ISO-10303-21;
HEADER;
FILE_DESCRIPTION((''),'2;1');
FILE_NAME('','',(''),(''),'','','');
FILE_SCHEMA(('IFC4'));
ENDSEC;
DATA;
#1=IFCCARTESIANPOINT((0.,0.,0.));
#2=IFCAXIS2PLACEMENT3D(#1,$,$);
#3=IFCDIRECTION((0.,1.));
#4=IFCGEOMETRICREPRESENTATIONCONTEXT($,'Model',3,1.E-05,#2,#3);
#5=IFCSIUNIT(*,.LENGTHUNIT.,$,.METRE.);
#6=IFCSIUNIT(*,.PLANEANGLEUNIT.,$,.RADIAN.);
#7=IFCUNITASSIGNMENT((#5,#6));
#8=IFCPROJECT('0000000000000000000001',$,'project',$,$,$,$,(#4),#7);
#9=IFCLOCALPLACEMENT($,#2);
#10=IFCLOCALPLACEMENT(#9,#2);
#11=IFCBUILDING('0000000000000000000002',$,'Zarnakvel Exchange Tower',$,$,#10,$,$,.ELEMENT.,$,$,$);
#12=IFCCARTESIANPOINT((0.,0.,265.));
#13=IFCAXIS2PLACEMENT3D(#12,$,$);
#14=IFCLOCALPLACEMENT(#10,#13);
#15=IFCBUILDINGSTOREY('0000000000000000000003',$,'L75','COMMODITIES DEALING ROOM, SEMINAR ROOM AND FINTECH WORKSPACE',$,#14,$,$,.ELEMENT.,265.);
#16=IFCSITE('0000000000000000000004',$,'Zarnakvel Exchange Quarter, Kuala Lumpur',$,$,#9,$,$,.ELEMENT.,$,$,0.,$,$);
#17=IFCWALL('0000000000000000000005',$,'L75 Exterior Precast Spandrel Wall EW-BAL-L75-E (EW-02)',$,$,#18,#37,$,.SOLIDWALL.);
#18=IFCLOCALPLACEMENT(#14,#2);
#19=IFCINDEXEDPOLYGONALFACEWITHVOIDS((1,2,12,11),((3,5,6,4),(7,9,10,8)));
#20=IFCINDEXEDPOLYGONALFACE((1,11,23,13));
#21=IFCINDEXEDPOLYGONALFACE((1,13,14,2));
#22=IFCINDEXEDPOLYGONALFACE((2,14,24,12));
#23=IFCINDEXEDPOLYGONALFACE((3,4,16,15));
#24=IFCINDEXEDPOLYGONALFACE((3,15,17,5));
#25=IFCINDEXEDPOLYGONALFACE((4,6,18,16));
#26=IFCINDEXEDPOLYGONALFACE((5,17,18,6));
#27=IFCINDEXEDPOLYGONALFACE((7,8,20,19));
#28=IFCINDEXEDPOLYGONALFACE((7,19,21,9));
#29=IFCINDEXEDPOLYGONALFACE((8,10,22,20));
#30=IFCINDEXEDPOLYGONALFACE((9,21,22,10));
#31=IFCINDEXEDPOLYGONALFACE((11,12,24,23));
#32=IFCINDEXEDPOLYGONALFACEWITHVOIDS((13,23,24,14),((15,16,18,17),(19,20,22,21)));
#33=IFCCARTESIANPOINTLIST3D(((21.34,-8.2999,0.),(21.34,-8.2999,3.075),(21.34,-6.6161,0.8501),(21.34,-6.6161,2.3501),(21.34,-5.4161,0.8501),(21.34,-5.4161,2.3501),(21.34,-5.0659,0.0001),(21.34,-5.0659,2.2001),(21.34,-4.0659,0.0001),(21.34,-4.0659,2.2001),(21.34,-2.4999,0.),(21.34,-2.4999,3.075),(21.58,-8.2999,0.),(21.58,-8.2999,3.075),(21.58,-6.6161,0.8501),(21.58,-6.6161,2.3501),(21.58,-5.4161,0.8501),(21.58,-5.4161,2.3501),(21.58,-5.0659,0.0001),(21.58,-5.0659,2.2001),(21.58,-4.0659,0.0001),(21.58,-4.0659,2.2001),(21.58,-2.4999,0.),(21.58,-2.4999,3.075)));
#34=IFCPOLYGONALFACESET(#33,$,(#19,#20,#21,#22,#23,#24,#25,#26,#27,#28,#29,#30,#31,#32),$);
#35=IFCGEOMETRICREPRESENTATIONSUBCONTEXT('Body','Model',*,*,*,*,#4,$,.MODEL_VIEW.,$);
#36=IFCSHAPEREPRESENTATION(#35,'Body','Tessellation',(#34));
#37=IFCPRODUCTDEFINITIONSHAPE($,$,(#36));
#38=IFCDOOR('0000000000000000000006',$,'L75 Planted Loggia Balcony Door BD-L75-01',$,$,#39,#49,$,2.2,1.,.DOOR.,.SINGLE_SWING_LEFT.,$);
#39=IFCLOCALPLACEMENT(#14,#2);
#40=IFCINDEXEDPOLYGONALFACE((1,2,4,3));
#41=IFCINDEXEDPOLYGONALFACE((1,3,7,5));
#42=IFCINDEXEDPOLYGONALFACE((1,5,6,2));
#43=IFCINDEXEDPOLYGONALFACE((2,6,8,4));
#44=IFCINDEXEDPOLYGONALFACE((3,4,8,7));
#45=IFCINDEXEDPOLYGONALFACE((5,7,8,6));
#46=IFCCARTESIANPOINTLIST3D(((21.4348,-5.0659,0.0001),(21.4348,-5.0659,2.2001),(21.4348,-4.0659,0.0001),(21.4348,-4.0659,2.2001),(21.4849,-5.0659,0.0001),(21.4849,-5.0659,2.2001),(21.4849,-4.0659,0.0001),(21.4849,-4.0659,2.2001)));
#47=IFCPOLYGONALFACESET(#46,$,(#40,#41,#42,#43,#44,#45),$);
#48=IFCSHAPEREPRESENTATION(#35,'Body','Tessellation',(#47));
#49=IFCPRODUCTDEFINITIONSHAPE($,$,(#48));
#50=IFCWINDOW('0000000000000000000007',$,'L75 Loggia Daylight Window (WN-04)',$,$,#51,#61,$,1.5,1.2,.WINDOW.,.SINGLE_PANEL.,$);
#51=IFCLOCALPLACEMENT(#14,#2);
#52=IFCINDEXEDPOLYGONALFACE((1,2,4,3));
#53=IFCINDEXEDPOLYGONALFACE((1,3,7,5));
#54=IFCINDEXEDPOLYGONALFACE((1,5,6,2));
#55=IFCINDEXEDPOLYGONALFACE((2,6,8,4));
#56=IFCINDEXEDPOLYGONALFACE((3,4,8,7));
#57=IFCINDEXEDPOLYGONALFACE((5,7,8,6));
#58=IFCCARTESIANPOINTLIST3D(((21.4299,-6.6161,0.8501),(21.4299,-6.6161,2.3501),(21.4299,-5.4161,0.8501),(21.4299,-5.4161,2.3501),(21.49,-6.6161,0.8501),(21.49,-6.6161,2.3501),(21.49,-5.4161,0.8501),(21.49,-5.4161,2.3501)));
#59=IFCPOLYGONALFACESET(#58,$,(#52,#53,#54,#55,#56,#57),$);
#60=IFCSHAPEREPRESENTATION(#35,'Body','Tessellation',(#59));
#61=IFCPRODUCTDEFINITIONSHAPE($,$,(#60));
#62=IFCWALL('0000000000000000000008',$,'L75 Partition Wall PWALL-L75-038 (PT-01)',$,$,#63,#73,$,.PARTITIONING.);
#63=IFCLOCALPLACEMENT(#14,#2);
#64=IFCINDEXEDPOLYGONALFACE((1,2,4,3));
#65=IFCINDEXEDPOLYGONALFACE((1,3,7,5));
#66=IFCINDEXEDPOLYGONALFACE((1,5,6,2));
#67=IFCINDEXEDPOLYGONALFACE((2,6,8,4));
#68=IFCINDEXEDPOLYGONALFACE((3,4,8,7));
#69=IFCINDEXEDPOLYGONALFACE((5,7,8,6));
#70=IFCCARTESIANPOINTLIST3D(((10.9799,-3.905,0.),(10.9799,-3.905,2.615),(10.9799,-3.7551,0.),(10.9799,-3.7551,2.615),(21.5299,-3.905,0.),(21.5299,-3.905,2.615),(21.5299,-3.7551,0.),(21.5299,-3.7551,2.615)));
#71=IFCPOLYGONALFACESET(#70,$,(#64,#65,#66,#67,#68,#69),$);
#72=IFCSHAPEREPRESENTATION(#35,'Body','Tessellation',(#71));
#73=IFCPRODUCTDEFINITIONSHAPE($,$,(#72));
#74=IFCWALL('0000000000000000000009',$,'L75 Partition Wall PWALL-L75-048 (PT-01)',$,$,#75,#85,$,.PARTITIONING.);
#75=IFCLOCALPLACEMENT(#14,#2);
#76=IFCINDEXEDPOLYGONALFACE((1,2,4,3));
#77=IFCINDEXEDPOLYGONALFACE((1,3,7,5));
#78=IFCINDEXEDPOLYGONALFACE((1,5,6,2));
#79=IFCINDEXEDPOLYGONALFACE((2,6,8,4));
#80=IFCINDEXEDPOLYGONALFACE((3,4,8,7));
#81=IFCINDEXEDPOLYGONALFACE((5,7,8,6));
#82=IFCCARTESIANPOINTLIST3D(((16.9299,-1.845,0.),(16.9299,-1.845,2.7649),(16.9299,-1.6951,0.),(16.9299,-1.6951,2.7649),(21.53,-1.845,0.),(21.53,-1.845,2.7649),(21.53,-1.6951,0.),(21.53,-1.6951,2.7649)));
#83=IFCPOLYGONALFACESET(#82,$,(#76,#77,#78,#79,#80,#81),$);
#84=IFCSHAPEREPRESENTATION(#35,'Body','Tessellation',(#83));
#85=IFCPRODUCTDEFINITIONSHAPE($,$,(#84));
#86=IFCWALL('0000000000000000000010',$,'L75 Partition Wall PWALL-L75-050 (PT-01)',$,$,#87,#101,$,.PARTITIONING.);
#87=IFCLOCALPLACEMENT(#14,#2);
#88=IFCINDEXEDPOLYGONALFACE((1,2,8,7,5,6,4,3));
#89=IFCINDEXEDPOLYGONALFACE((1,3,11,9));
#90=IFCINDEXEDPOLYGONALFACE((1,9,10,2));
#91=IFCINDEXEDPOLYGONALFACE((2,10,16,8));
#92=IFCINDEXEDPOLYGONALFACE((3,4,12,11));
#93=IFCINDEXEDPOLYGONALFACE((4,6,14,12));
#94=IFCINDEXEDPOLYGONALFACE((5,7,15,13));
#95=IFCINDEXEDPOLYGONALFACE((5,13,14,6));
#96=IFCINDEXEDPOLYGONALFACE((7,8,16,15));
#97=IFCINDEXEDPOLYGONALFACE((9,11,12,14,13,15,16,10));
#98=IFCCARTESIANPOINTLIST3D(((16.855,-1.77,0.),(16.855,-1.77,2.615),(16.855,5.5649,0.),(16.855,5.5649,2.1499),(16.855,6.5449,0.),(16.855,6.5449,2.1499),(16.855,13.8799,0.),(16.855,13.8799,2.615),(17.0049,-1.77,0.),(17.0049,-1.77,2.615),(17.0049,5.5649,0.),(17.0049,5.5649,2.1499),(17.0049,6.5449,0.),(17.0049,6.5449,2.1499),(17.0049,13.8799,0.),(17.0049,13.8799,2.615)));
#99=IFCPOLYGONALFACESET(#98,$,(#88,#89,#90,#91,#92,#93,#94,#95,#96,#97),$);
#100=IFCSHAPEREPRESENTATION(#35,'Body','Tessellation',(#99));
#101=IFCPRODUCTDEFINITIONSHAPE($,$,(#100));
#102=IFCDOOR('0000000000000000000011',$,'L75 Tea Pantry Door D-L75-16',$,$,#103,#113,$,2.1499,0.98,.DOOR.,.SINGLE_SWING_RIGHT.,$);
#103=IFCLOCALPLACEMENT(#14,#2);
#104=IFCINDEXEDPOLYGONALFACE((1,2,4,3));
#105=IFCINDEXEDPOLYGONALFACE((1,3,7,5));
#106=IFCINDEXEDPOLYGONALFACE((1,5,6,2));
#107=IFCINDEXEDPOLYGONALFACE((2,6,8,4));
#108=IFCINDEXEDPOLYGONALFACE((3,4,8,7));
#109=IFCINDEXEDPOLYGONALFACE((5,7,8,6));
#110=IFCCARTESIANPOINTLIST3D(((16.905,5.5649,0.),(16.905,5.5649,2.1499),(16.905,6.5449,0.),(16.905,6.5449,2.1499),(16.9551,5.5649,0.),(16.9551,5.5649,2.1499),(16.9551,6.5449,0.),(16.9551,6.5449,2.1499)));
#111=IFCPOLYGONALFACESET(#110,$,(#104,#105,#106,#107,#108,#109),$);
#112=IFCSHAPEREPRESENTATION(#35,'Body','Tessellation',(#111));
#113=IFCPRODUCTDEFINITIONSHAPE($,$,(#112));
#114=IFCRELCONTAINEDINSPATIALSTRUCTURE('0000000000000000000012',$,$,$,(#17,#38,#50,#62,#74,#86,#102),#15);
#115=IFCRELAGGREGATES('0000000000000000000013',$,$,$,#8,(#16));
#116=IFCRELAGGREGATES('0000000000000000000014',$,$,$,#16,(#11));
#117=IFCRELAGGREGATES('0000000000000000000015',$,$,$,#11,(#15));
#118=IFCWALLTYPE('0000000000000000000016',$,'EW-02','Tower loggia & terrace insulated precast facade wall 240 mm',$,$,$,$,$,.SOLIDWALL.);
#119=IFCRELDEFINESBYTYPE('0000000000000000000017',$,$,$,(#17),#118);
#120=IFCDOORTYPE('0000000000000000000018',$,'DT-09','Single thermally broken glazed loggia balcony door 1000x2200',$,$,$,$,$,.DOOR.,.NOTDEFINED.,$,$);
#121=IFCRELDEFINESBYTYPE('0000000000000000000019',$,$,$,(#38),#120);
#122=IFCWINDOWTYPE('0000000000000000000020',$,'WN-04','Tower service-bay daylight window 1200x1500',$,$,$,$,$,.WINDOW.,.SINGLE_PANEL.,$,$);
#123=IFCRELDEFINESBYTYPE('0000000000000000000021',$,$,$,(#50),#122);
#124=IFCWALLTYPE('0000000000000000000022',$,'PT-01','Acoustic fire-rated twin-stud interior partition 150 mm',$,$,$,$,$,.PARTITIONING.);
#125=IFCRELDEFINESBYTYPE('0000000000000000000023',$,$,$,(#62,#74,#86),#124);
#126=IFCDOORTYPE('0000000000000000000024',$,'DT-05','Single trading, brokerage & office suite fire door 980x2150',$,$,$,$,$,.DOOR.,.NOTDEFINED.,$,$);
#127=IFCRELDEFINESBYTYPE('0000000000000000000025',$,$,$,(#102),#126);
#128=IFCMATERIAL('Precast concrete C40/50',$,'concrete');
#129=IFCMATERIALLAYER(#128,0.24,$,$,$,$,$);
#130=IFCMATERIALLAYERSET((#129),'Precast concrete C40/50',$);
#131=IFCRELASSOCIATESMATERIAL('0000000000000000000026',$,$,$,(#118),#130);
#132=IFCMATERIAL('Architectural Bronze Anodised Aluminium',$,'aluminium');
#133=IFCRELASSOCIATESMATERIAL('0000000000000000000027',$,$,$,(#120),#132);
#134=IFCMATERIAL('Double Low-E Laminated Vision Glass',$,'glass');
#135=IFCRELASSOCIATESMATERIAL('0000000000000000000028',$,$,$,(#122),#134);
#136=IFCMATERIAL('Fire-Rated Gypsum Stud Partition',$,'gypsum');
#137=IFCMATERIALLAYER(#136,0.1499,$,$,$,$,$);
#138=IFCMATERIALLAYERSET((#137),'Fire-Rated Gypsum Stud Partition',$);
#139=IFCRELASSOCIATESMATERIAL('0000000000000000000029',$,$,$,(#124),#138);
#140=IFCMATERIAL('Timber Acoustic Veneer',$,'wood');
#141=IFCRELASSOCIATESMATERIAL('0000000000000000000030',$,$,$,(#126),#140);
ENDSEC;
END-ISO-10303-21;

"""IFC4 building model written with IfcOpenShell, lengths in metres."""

from ifc_helpers import new_model, si_unit, direction, frame, frame_2d, origin, place, context, subcontext, project, spatial, rectangle, extrude, source, transform, mapped, material, layer, layer_set, type_object, element, fill, save


model = new_model("IFC4")

# Units and contexts
model_context = context("Model", 3, precision=1e-05, world=origin(), true_north=direction((0.0, 1.0)))
body_context = subcontext(model_context, "Body", "Model", "MODEL_VIEW")
ifc_project = project(units=[si_unit("LENGTHUNIT", "METRE"), si_unit("PLANEANGLEUNIT", "RADIAN")], contexts=[model_context])

# Site, building, storey
site_placement = place(None, origin())
site = spatial("IfcSite", under=ifc_project, at=site_placement, Name="Zarnakvel Exchange Quarter, Kuala Lumpur", CompositionType="ELEMENT", RefElevation=0.0)
building_placement = place(site_placement, origin())
building = spatial("IfcBuilding", under=site, at=building_placement, Name="Zarnakvel Exchange Tower", CompositionType="ELEMENT")
storey_placement = place(building_placement, frame((0.0, 0.0, 265.0)))
storey = spatial("IfcBuildingStorey", under=building, at=storey_placement, Name="L75", Description="COMMODITIES DEALING ROOM, SEMINAR ROOM AND FINTECH WORKSPACE", CompositionType="ELEMENT", Elevation=265.0)

# Shared definitions
ifc_material_1 = material(Name="Architectural Bronze Anodised Aluminium", Category="aluminium")

# Wall, openings, door, window
ifc_material_2 = material(Name="Precast concrete C40/50", Category="concrete")
ifc_layer_1 = layer(ifc_material_2, 0.24)
ifc_layer_set_1 = layer_set([ifc_layer_1], Name="Precast concrete C40/50")
wall_type_1 = type_object("IfcWallType", Name="EW-02", Description="Tower loggia & terrace insulated precast facade wall 240 mm", PredefinedType="SOLIDWALL", material=ifc_layer_set_1)
wall_1_placement = place(storey_placement, frame((21.46, -2.5, 0.0), z_axis=(0.0, 0.0, 1.0), x_axis=(0.0, -1.0, 0.0)))
wall_1 = element("IfcWall", 1, at=wall_1_placement, inside=storey, type_object=wall_type_1, Name="L75 Exterior Precast Spandrel Wall EW-BAL-L75-E (EW-02)", PredefinedType="SOLIDWALL", context=body_context, shape_type="SweptSolid", body=[
    extrude(rectangle(XDim=5.8, YDim=0.24, at=frame_2d((2.8999, 0.0))), origin(), (0.0, 0.0, 1.0), 3.075),
])
opening_1_placement = place(wall_1_placement, frame((1.5659, 0.0, 0.0)))
opening_1 = element("IfcOpeningElement", 2, at=opening_1_placement, cuts=wall_1, PredefinedType="OPENING", context=body_context, shape_type="SweptSolid", body=[
    extrude(rectangle(XDim=1.0, YDim=2.2, at=frame_2d((0.5, 1.1001))), frame((0.0, 0.1299, 0.0), z_axis=(0.0, -1.0, 0.0), x_axis=(1.0, 0.0, 0.0)), (0.0, 0.0, 1.0), 0.26),
])
opening_2_placement = place(wall_1_placement, frame((2.916, 0.0, 0.8501)))
opening_2 = element("IfcOpeningElement", 3, at=opening_2_placement, cuts=wall_1, PredefinedType="OPENING", context=body_context, shape_type="SweptSolid", body=[
    extrude(rectangle(XDim=1.2, YDim=1.5, at=frame_2d((0.6001, 0.75))), frame((0.0, 0.1299, 0.0), z_axis=(0.0, -1.0, 0.0), x_axis=(1.0, 0.0, 0.0)), (0.0, 0.0, 1.0), 0.26),
])
door_type_1 = type_object("IfcDoorType", Name="DT-09", Description="Single thermally broken glazed loggia balcony door 1000x2200", OperationType="NOTDEFINED", PredefinedType="DOOR", material=ifc_material_1)
shared_shape_1 = source(origin(), body_context, "Body", "SweptSolid", [
    extrude(rectangle(XDim=1.0, YDim=2.2, at=frame_2d((0.5, 1.1001))), frame((0.0, 0.0249, 0.0), z_axis=(0.0, -1.0, 0.0), x_axis=(1.0, 0.0, 0.0)), (0.0, 0.0, 1.0), 0.05),
])
door_1_placement = place(opening_1_placement, origin())
door_1 = element("IfcDoor", 4, at=door_1_placement, inside=storey, type_object=door_type_1, Name="L75 Planted Loggia Balcony Door BD-L75-01", OperationType="SINGLE_SWING_LEFT", OverallHeight=2.2, OverallWidth=1.0, PredefinedType="DOOR", context=body_context, shape_type="MappedRepresentation", body=[
    mapped(shared_shape_1, transform((0.0, 0.0, 0.0), x_axis=(1.0, 0.0, 0.0), y_axis=(0.0, 1.0, 0.0), z_axis=(0.0, 0.0, 1.0), scale=1.0)),
])
fill(opening_1, door_1)
ifc_material_3 = material(Name="Double Low-E Laminated Vision Glass", Category="glass")
window_type = type_object("IfcWindowType", Name="WN-04", Description="Tower service-bay daylight window 1200x1500", PartitioningType="SINGLE_PANEL", PredefinedType="WINDOW", material=ifc_material_3)
shared_shape_2 = source(origin(), body_context, "Body", "SweptSolid", [
    extrude(rectangle(XDim=1.2, YDim=1.5, at=frame_2d((0.6001, 0.75))), frame((0.0, 0.03, 0.0), z_axis=(0.0, -1.0, 0.0), x_axis=(1.0, 0.0, 0.0)), (0.0, 0.0, 1.0), 0.0601),
])
window_placement = place(opening_2_placement, origin())
window = element("IfcWindow", 5, at=window_placement, inside=storey, type_object=window_type, Name="L75 Loggia Daylight Window (WN-04)", OverallHeight=1.5, OverallWidth=1.2, PartitioningType="SINGLE_PANEL", PredefinedType="WINDOW", context=body_context, shape_type="MappedRepresentation", body=[
    mapped(shared_shape_2, transform((0.0, 0.0, 0.0), x_axis=(1.0, 0.0, 0.0), y_axis=(0.0, 1.0, 0.0), z_axis=(0.0, 0.0, 1.0), scale=1.0)),
])
fill(opening_2, window)

# Walls
ifc_material_4 = material(Name="Fire-Rated Gypsum Stud Partition", Category="gypsum")
ifc_layer_2 = layer(ifc_material_4, 0.1499)
ifc_layer_set_2 = layer_set([ifc_layer_2], Name="Fire-Rated Gypsum Stud Partition")
wall_type_2 = type_object("IfcWallType", Name="PT-01", Description="Acoustic fire-rated twin-stud interior partition 150 mm", PredefinedType="PARTITIONING", material=ifc_layer_set_2)
wall_2_placement = place(storey_placement, frame((10.98, -3.8301, 0.0), z_axis=(0.0, 0.0, 1.0), x_axis=(1.0, 0.0, 0.0)))
element("IfcWall", 6, at=wall_2_placement, inside=storey, type_object=wall_type_2, Name="L75 Partition Wall PWALL-L75-038 (PT-01)", PredefinedType="PARTITIONING", context=body_context, shape_type="SweptSolid", body=[
    extrude(rectangle(XDim=10.55, YDim=0.1499, at=frame_2d((5.2749, 0.0))), origin(), (0.0, 0.0, 1.0), 2.615),
])
wall_3_placement = place(storey_placement, frame((21.53, -1.77, 0.0), z_axis=(0.0, 0.0, 1.0), x_axis=(-1.0, 0.0, 0.0)))
element("IfcWall", 7, at=wall_3_placement, inside=storey, type_object=wall_type_2, Name="L75 Partition Wall PWALL-L75-048 (PT-01)", PredefinedType="PARTITIONING", context=body_context, shape_type="SweptSolid", body=[
    extrude(rectangle(XDim=4.6001, YDim=0.1499, at=frame_2d((2.3, 0.0))), origin(), (0.0, 0.0, 1.0), 2.7649),
])

# Wall, opening, door
wall_4_placement = place(storey_placement, frame((16.9299, -1.77, 0.0), z_axis=(0.0, 0.0, 1.0), x_axis=(0.0, 1.0, 0.0)))
wall_4 = element("IfcWall", 8, at=wall_4_placement, inside=storey, type_object=wall_type_2, Name="L75 Partition Wall PWALL-L75-050 (PT-01)", PredefinedType="PARTITIONING", context=body_context, shape_type="SweptSolid", body=[
    extrude(rectangle(XDim=15.6499, YDim=0.1499, at=frame_2d((7.825, 0.0))), origin(), (0.0, 0.0, 1.0), 2.615),
])
opening_3_placement = place(wall_4_placement, frame((7.335, 0.0, 0.0)))
opening_3 = element("IfcOpeningElement", 9, at=opening_3_placement, cuts=wall_4, PredefinedType="OPENING", context=body_context, shape_type="SweptSolid", body=[
    extrude(rectangle(XDim=0.98, YDim=2.1499, at=frame_2d((0.49, 1.075))), frame((0.0, 0.085, 0.0), z_axis=(0.0, -1.0, 0.0), x_axis=(1.0, 0.0, 0.0)), (0.0, 0.0, 1.0), 0.1699),
])
ifc_material_5 = material(Name="Timber Acoustic Veneer", Category="wood")
door_type_2 = type_object("IfcDoorType", Name="DT-05", Description="Single trading, brokerage & office suite fire door 980x2150", OperationType="NOTDEFINED", PredefinedType="DOOR", material=ifc_material_5)
shared_shape_3 = source(origin(), body_context, "Body", "SweptSolid", [
    extrude(rectangle(XDim=0.98, YDim=2.1499, at=frame_2d((0.49, 1.075))), frame((0.0, 0.0249, 0.0), z_axis=(0.0, -1.0, 0.0), x_axis=(1.0, 0.0, 0.0)), (0.0, 0.0, 1.0), 0.05),
])
door_2_placement = place(opening_3_placement, origin())
door_2 = element("IfcDoor", 10, at=door_2_placement, inside=storey, type_object=door_type_2, Name="L75 Tea Pantry Door D-L75-16", OperationType="SINGLE_SWING_RIGHT", OverallHeight=2.1499, OverallWidth=0.98, PredefinedType="DOOR", context=body_context, shape_type="MappedRepresentation", body=[
    mapped(shared_shape_3, transform((0.0, 0.0, 0.0), x_axis=(1.0, 0.0, 0.0), y_axis=(0.0, 1.0, 0.0), z_axis=(0.0, 0.0, 1.0), scale=1.0)),
])
fill(opening_3, door_2)

save(model, "model.ifc")
